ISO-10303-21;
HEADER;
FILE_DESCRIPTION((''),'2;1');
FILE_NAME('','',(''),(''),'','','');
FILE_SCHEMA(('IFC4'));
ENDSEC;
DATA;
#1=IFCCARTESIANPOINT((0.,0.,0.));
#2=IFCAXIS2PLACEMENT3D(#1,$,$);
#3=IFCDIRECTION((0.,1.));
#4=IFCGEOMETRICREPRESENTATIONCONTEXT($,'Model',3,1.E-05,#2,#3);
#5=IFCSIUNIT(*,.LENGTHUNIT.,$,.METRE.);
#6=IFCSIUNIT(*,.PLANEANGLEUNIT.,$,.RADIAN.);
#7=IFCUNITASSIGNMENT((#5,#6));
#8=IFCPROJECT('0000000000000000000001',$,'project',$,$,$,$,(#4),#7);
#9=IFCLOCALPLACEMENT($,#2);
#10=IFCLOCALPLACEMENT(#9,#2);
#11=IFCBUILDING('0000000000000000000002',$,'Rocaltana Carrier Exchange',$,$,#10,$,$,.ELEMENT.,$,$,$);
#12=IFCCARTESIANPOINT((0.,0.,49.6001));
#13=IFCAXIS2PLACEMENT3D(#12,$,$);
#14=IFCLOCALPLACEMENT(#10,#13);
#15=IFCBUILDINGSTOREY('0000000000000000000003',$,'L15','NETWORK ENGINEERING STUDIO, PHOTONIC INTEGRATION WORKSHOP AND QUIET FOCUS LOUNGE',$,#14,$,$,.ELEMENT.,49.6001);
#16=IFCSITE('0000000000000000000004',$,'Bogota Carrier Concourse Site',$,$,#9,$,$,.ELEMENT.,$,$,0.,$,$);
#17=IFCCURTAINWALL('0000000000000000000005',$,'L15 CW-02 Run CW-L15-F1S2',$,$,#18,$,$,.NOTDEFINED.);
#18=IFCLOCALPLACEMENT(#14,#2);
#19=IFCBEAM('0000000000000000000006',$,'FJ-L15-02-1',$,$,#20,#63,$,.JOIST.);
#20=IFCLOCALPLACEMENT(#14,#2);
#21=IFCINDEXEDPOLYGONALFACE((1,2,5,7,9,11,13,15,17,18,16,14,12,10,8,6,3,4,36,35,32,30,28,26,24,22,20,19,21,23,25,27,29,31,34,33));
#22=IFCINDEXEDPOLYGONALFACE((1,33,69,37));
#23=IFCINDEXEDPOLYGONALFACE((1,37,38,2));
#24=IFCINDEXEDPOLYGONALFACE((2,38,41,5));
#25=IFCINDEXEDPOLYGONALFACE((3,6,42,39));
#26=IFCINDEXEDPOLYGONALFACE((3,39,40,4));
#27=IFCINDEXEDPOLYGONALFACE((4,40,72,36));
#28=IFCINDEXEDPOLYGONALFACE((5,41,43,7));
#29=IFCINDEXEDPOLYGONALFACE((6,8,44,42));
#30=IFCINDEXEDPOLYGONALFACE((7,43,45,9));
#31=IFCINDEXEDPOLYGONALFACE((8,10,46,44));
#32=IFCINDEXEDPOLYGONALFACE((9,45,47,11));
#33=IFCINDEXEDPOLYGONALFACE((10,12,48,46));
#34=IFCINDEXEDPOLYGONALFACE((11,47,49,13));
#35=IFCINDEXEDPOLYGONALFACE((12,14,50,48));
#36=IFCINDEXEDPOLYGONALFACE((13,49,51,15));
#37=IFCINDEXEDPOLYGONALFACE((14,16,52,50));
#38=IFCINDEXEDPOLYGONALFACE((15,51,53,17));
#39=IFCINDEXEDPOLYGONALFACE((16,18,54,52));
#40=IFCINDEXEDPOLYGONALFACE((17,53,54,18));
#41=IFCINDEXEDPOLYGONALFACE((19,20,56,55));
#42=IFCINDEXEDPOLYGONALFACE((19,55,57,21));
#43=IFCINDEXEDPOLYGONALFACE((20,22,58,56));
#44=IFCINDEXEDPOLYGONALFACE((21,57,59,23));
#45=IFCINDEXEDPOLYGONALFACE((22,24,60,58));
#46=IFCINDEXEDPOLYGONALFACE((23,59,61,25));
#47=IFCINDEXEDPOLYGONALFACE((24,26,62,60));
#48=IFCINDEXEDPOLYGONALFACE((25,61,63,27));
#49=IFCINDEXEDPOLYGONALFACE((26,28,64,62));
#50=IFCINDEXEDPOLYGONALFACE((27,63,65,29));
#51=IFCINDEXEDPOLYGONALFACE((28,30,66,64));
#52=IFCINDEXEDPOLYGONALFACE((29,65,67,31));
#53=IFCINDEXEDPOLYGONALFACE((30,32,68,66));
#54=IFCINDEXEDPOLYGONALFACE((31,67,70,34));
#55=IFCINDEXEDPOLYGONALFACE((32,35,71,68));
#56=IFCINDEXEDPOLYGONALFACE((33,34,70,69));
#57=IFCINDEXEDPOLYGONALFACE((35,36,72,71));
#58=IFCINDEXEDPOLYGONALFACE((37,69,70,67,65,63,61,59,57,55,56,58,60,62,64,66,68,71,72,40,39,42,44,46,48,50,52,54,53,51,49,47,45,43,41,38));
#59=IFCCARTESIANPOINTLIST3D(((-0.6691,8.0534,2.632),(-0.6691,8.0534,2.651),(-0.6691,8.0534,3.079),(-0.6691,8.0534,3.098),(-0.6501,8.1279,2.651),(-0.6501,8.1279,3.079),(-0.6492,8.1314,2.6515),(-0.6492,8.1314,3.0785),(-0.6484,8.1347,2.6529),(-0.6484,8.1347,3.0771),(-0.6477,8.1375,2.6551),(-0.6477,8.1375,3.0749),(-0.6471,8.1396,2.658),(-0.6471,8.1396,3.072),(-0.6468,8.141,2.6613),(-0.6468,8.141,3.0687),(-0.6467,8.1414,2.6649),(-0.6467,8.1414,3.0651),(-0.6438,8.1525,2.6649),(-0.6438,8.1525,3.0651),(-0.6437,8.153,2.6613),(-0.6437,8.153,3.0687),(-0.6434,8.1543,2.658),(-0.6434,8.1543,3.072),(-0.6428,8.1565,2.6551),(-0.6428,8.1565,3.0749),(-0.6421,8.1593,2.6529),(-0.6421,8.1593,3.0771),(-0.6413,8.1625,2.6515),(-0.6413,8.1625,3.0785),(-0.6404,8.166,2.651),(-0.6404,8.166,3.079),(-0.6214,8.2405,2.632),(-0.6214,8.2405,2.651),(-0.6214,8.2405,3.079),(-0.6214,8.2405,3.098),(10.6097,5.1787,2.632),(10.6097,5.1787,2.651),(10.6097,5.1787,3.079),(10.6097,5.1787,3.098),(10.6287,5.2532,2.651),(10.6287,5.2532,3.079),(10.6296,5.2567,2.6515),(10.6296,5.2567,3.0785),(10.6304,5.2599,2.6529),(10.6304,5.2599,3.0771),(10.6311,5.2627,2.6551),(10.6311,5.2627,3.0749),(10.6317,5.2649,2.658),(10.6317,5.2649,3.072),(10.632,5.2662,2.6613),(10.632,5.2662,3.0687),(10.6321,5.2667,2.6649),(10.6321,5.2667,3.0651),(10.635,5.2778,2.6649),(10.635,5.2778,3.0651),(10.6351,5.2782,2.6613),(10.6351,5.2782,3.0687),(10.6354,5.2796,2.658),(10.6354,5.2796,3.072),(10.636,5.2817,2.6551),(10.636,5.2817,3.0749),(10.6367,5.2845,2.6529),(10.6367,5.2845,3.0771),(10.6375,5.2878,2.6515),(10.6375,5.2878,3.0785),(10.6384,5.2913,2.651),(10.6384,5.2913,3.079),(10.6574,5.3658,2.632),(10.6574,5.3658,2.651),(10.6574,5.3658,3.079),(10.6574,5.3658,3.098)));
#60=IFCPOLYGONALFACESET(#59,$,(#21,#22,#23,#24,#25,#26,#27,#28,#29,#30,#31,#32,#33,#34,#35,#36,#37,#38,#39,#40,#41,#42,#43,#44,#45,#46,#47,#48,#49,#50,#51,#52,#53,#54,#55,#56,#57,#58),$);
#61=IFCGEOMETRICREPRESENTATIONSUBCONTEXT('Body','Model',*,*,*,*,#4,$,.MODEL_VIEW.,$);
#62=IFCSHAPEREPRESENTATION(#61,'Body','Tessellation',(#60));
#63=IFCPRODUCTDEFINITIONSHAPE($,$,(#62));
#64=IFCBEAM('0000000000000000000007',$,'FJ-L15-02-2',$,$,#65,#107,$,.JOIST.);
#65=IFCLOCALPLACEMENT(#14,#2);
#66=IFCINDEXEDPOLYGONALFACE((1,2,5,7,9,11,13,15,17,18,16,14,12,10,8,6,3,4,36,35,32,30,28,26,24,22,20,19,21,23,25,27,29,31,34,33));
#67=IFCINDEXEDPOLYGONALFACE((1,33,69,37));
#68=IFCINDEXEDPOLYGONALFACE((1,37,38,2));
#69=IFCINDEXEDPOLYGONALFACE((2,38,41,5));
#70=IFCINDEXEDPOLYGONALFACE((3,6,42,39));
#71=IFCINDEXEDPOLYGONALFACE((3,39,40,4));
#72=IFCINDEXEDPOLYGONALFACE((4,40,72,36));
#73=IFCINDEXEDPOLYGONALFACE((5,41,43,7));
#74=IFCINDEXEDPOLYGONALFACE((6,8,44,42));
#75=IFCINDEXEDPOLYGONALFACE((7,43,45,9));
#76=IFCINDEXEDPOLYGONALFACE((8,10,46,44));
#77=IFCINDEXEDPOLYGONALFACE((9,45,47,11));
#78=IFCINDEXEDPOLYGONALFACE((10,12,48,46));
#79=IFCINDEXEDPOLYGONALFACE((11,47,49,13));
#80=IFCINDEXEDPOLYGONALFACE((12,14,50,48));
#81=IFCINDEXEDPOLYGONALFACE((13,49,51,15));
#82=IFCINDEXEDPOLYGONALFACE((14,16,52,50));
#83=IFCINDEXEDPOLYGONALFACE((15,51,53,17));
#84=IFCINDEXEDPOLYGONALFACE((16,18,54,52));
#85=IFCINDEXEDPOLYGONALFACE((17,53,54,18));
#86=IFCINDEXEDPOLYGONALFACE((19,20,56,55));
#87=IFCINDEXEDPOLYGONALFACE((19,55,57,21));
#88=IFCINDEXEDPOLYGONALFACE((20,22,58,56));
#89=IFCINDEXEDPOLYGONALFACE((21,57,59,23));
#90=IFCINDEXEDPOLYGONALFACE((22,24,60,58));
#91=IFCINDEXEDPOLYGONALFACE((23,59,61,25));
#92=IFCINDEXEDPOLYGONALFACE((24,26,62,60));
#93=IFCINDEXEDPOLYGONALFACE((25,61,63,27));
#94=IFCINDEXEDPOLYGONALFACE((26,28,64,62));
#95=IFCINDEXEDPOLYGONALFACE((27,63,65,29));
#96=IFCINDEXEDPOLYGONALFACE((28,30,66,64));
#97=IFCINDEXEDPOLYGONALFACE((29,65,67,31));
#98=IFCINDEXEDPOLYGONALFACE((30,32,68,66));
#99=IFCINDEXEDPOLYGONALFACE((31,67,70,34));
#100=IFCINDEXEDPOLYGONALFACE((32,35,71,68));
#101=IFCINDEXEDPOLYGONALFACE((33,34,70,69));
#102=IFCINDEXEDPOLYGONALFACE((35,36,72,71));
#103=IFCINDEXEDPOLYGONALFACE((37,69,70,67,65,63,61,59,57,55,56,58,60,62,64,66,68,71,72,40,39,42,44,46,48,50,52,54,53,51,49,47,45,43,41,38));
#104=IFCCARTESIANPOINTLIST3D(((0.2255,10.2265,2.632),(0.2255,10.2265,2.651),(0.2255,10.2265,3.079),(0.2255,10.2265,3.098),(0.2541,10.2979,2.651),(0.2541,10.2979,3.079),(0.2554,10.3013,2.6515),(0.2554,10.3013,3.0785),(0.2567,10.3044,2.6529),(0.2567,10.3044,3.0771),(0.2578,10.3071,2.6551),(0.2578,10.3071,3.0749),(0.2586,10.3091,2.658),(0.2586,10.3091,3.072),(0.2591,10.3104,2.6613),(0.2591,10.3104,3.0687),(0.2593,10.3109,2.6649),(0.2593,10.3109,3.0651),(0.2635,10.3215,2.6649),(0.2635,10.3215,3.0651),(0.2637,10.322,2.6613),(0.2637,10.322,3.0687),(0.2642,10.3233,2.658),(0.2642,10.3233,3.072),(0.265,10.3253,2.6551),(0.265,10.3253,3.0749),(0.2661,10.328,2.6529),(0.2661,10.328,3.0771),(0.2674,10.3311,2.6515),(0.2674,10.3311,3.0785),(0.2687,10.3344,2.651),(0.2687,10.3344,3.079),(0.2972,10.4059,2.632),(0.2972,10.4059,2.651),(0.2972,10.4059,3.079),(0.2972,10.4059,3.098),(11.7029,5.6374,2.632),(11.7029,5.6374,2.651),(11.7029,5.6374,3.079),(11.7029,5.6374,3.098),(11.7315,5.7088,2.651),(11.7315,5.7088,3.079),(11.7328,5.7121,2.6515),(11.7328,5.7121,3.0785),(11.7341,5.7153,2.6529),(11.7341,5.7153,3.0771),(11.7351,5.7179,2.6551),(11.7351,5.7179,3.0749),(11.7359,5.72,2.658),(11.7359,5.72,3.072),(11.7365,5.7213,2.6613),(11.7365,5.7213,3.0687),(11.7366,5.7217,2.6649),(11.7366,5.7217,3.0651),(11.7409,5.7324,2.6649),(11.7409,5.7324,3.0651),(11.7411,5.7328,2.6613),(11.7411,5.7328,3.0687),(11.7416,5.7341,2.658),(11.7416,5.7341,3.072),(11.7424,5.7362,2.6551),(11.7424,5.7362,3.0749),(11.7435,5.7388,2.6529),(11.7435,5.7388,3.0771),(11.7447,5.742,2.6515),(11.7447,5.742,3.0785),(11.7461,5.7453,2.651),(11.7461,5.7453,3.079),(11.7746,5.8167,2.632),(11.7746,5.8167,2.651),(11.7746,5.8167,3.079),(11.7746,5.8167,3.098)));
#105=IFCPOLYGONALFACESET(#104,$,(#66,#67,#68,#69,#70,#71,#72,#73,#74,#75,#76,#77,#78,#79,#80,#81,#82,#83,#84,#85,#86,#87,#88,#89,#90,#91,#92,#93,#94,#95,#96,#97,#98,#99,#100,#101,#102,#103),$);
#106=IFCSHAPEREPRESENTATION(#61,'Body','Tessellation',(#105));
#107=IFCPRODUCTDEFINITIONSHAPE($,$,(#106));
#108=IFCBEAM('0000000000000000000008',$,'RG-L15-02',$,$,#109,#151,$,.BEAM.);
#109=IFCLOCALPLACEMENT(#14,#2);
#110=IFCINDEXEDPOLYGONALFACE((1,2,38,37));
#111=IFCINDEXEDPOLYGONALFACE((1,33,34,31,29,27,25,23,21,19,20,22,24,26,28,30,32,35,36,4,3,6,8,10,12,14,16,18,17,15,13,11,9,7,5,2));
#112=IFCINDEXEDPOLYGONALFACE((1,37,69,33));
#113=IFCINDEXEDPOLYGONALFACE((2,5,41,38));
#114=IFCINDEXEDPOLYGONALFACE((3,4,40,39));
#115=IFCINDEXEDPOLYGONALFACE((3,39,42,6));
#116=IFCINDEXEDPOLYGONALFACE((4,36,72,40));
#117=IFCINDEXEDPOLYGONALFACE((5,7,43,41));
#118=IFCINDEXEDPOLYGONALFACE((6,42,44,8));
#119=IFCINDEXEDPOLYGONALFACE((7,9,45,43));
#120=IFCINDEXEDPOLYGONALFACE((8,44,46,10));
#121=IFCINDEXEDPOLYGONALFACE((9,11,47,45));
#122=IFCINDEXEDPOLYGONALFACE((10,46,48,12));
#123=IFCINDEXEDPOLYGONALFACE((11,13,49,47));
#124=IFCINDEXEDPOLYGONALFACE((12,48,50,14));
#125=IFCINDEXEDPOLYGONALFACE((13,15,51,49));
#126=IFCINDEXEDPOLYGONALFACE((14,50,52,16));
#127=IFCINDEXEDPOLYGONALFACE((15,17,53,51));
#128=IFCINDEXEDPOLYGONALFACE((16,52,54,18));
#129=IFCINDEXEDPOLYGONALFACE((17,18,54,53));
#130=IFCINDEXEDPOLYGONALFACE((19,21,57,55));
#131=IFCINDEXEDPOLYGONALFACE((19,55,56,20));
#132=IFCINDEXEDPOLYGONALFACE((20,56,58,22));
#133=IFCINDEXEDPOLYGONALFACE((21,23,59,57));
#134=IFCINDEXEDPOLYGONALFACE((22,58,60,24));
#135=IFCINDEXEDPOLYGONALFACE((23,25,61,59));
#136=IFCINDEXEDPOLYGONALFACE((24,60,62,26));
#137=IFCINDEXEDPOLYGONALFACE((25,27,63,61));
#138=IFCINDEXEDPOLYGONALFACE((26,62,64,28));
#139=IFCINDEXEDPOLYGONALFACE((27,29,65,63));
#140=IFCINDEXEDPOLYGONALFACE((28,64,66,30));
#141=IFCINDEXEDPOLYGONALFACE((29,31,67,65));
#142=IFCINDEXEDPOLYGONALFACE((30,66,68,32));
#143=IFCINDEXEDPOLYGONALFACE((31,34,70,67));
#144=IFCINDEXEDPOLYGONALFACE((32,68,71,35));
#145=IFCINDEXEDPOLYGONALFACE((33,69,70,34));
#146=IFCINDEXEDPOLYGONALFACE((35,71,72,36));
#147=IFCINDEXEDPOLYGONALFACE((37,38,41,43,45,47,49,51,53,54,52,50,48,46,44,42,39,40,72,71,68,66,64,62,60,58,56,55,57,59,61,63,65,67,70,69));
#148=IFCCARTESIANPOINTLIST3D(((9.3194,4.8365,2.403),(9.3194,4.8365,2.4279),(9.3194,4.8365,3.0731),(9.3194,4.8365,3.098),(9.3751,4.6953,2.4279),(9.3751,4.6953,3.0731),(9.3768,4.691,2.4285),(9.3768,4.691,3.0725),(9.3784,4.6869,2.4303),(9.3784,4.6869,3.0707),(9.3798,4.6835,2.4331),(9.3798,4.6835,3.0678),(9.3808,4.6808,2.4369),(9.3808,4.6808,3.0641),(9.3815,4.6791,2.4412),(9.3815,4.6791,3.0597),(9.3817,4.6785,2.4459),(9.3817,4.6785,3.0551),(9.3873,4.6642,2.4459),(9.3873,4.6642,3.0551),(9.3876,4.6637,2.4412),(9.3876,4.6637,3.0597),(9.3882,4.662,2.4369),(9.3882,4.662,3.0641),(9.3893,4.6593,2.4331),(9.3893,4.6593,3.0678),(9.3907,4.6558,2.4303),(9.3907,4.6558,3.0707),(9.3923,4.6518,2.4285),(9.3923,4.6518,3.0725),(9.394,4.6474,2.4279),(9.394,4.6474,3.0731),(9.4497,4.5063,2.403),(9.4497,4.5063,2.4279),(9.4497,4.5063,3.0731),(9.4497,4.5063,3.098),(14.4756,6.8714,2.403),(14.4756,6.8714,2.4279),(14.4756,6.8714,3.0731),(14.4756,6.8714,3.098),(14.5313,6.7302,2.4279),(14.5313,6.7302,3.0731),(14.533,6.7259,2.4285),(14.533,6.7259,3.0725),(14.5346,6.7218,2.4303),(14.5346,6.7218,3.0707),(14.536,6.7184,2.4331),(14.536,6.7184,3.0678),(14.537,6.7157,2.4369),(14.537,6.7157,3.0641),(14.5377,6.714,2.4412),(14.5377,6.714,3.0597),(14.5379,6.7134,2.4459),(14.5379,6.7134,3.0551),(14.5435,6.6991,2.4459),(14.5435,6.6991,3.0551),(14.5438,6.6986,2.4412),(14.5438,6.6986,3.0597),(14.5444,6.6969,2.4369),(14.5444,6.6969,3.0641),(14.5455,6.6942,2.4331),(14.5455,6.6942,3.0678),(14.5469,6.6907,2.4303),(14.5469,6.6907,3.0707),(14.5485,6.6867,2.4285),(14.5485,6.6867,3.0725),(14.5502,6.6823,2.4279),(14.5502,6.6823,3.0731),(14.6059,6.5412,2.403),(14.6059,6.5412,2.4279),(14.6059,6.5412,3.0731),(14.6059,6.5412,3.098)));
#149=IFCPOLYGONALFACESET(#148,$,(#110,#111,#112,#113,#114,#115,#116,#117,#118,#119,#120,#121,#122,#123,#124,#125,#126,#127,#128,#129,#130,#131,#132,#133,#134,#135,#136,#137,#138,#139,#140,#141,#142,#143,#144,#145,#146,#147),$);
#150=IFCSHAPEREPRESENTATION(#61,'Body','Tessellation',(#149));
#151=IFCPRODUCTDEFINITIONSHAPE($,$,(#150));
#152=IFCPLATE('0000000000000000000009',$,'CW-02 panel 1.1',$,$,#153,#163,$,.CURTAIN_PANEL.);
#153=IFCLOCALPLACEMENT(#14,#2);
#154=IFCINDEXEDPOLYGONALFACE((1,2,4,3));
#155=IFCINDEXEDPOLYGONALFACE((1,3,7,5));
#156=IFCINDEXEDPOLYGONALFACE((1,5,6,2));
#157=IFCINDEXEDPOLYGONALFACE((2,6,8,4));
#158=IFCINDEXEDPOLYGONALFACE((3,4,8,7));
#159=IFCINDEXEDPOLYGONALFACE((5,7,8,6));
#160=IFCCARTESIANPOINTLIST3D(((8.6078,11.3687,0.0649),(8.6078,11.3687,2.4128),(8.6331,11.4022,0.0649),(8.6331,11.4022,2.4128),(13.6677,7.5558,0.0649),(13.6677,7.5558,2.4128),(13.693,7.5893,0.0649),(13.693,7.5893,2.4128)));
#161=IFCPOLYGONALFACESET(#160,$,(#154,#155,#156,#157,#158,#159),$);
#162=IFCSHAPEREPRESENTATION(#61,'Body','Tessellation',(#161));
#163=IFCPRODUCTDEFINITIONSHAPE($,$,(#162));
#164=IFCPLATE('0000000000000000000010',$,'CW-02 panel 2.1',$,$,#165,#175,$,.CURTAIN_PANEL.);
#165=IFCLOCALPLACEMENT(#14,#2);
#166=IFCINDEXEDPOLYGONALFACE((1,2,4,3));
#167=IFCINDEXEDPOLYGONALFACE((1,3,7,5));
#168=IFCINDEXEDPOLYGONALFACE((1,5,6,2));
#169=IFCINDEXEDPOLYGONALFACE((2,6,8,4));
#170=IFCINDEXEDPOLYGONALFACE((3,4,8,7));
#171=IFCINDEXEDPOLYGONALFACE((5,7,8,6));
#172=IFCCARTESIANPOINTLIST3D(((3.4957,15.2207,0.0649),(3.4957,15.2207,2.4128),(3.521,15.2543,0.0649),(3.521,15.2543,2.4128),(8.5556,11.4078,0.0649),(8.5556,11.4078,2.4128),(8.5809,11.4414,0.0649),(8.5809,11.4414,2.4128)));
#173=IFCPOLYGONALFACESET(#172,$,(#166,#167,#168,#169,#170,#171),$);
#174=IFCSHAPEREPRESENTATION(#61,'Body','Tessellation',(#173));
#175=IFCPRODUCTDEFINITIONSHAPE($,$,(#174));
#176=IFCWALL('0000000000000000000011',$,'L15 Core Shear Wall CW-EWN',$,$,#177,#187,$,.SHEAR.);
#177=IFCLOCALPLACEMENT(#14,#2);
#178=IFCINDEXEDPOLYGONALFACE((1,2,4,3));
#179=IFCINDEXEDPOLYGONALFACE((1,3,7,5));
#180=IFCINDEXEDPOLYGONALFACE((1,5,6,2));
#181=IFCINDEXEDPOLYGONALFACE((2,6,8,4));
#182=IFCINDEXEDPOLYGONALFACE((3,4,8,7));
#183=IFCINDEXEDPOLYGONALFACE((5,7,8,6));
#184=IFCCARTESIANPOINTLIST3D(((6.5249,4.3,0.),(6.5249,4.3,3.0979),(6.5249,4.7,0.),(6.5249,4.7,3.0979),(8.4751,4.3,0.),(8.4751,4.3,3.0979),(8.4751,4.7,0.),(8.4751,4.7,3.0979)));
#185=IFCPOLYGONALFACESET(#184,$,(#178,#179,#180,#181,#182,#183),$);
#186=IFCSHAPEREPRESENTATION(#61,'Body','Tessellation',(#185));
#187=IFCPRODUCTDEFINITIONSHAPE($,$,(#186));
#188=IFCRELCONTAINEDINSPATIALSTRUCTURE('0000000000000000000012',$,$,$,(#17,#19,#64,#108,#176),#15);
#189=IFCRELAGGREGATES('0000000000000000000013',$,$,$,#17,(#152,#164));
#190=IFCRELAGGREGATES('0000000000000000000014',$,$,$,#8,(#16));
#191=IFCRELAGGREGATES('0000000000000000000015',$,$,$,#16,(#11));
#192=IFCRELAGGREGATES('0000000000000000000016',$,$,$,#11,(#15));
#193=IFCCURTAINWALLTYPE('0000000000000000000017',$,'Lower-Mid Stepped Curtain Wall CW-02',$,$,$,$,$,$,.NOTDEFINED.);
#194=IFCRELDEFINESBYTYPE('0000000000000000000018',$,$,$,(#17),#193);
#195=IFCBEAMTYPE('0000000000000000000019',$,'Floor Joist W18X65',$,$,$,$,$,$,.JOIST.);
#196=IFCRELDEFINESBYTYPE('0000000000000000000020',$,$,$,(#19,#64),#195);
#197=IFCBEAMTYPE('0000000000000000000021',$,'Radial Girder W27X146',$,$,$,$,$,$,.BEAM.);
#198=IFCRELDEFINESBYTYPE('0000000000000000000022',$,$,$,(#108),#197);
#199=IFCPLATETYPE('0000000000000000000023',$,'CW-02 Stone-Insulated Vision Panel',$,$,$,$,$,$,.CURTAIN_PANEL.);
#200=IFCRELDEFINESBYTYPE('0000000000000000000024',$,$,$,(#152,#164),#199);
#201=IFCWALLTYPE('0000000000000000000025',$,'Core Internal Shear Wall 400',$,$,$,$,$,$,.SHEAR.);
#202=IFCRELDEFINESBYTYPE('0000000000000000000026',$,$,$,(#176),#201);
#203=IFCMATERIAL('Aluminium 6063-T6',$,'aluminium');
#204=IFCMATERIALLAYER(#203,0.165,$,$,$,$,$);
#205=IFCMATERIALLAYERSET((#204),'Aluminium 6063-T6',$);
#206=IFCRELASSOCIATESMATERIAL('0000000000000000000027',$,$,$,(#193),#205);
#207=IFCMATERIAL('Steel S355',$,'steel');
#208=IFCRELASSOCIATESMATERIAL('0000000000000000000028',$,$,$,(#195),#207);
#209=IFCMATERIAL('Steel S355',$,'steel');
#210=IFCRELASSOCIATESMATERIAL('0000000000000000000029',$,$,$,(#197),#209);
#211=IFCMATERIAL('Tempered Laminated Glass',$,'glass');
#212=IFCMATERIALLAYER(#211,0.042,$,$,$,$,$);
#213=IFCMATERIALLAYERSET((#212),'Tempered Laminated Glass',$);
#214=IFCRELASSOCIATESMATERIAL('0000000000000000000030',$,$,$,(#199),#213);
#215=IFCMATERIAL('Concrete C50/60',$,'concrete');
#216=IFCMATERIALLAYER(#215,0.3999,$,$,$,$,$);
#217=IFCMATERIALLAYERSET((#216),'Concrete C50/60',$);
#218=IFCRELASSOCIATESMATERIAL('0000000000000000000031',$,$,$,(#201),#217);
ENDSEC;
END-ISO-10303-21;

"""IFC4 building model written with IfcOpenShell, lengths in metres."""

from ifc_helpers import new_model, si_unit, direction, frame, frame_2d, origin, origin_2d, place, context, subcontext, project, spatial, rectangle, i_section, extrude, material, layer, layer_set, material_profile, profile_set, type_object, element, aggregate, save


model = new_model("IFC4")

# Units and contexts
model_context = context("Model", 3, precision=1e-05, world=origin(), true_north=direction((0.0, 1.0)))
body_context = subcontext(model_context, "Body", "Model", "MODEL_VIEW")
ifc_project = project(units=[si_unit("LENGTHUNIT", "METRE"), si_unit("PLANEANGLEUNIT", "RADIAN")], contexts=[model_context])

# Site, building, storey
site_placement = place(None, origin())
site = spatial("IfcSite", under=ifc_project, at=site_placement, Name="Bogota Carrier Concourse Site", CompositionType="ELEMENT", RefElevation=0.0)
building_placement = place(site_placement, origin())
building = spatial("IfcBuilding", under=site, at=building_placement, Name="Rocaltana Carrier Exchange", CompositionType="ELEMENT")
storey_placement = place(building_placement, frame((0.0, 0.0, 49.6001)))
storey = spatial("IfcBuildingStorey", under=building, at=storey_placement, Name="L15", Description="NETWORK ENGINEERING STUDIO, PHOTONIC INTEGRATION WORKSHOP AND QUIET FOCUS LOUNGE", CompositionType="ELEMENT", Elevation=49.6001)

# Curtain wall
ifc_material_1 = material(Name="Aluminium 6063-T6", Category="aluminium")
ifc_layer_1 = layer(ifc_material_1, 0.165)
ifc_layer_set_1 = layer_set([ifc_layer_1], Name="Aluminium 6063-T6")
curtain_wall_type = type_object("IfcCurtainWallType", Name="Lower-Mid Stepped Curtain Wall CW-02", PredefinedType="NOTDEFINED", material=ifc_layer_set_1)
curtain_wall_placement = place(storey_placement, origin())
curtain_wall = element("IfcCurtainWall", 1, at=curtain_wall_placement, inside=storey, type_object=curtain_wall_type, Name="L15 CW-02 Run CW-L15-F1S2", PredefinedType="NOTDEFINED")

# Beams
ifc_material_2 = material(Name="Steel S355", Category="steel")
ifc_material_profile_1 = material_profile(ifc_material_2, i_section(OverallWidth=0.1931, OverallDepth=0.4661, WebThickness=0.0115, FlangeThickness=0.019, FilletRadius=0.0139, at=origin_2d()), Name="W18X65")
ifc_profile_set_1 = profile_set([ifc_material_profile_1], Name="Steel S355")
beam_type_1 = type_object("IfcBeamType", Name="Floor Joist W18X65", PredefinedType="JOIST", material=ifc_profile_set_1)
beam_1_placement = place(storey_placement, frame((10.6335, 5.2722, 2.865), z_axis=(-0.969019, 0.246985, 0.0), x_axis=(-0.246985, -0.969019, 0.0)))
element("IfcBeam", 2, at=beam_1_placement, inside=storey, type_object=beam_type_1, Name="FJ-L15-02-1", PredefinedType="JOIST", context=body_context, shape_type="SweptSolid", body=[
    extrude(i_section(OverallWidth=0.1931, OverallDepth=0.4661, WebThickness=0.0115, FlangeThickness=0.019, FilletRadius=0.0139, at=origin_2d()), origin(), (0.0, 0.0, 1.0), 11.6394),
])
beam_2_placement = place(storey_placement, frame((11.7388, 5.7271, 2.865), z_axis=(-0.928527, 0.371265, 0.0), x_axis=(-0.371265, -0.928527, 0.0)))
element("IfcBeam", 3, at=beam_2_placement, inside=storey, type_object=beam_type_1, Name="FJ-L15-02-2", PredefinedType="JOIST", context=body_context, shape_type="SweptSolid", body=[
    extrude(i_section(OverallWidth=0.1931, OverallDepth=0.4661, WebThickness=0.0115, FlangeThickness=0.019, FilletRadius=0.0139, at=origin_2d()), origin(), (0.0, 0.0, 1.0), 12.3608),
])
ifc_material_3 = material(Name="Steel S355", Category="steel")
ifc_material_profile_2 = material_profile(ifc_material_3, i_section(OverallWidth=0.355, OverallDepth=0.6951, WebThickness=0.0154, FlangeThickness=0.0249, FilletRadius=0.0181, at=origin_2d()), Name="W27X146")
ifc_profile_set_2 = profile_set([ifc_material_profile_2], Name="Steel S355")
beam_type_2 = type_object("IfcBeamType", Name="Radial Girder W27X146", PredefinedType="BEAM", material=ifc_profile_set_2)
beam_3_placement = place(storey_placement, frame((9.3845, 4.6714, 2.7505), z_axis=(0.930183, 0.367096, 0.0), x_axis=(-0.367096, 0.930183, 0.0)))
element("IfcBeam", 4, at=beam_3_placement, inside=storey, type_object=beam_type_2, Name="RG-L15-02", PredefinedType="BEAM", context=body_context, shape_type="SweptSolid", body=[
    extrude(i_section(OverallWidth=0.355, OverallDepth=0.6951, WebThickness=0.0154, FlangeThickness=0.0249, FilletRadius=0.0181, at=origin_2d()), origin(), (0.0, 0.0, 1.0), 5.5432),
])

# Plates
ifc_material_4 = material(Name="Tempered Laminated Glass", Category="glass")
ifc_layer_2 = layer(ifc_material_4, 0.042)
ifc_layer_set_2 = layer_set([ifc_layer_2], Name="Tempered Laminated Glass")
plate_type = type_object("IfcPlateType", Name="CW-02 Stone-Insulated Vision Panel", PredefinedType="CURTAIN_PANEL", material=ifc_layer_set_2)
plate_1_placement = place(storey_placement, frame((11.1504, 9.479, 0.0649), z_axis=(0.0, 0.0, 1.0), x_axis=(-0.798635, 0.601815, 0.0)))
plate_1 = element("IfcPlate", 5, at=plate_1_placement, type_object=plate_type, Name="CW-02 panel 1.1", PredefinedType="CURTAIN_PANEL", context=body_context, shape_type="SweptSolid", body=[
    extrude(rectangle(XDim=6.3357, YDim=0.042, at=origin_2d()), origin(), (0.0, 0.0, 1.0), 2.3479),
])
plate_2_placement = place(storey_placement, frame((6.0383, 13.3311, 0.0649), z_axis=(0.0, 0.0, 1.0), x_axis=(-0.798635, 0.601815, 0.0)))
plate_2 = element("IfcPlate", 6, at=plate_2_placement, type_object=plate_type, Name="CW-02 panel 2.1", PredefinedType="CURTAIN_PANEL", context=body_context, shape_type="SweptSolid", body=[
    extrude(rectangle(XDim=6.3357, YDim=0.042, at=origin_2d()), origin(), (0.0, 0.0, 1.0), 2.3479),
])
aggregate(curtain_wall, [plate_1, plate_2])

# Wall
ifc_material_5 = material(Name="Concrete C50/60", Category="concrete")
ifc_layer_3 = layer(ifc_material_5, 0.3999)
ifc_layer_set_3 = layer_set([ifc_layer_3], Name="Concrete C50/60")
wall_type_1 = type_object("IfcWallType", Name="Core Internal Shear Wall 400", PredefinedType="SHEAR", material=ifc_layer_set_3)
wall_1_placement = place(storey_placement, frame((6.5249, 4.5, 0.0), z_axis=(0.0, 0.0, 1.0), x_axis=(1.0, 0.0, 0.0)))
element("IfcWall", 7, at=wall_1_placement, inside=storey, type_object=wall_type_1, Name="L15 Core Shear Wall CW-EWN", PredefinedType="SHEAR", context=body_context, shape_type="SweptSolid", body=[
    extrude(rectangle(XDim=1.9502, YDim=0.3999, at=frame_2d((0.9751, 0.0))), origin(), (0.0, 0.0, 1.0), 3.0979),
])

save(model, "model.ifc")
